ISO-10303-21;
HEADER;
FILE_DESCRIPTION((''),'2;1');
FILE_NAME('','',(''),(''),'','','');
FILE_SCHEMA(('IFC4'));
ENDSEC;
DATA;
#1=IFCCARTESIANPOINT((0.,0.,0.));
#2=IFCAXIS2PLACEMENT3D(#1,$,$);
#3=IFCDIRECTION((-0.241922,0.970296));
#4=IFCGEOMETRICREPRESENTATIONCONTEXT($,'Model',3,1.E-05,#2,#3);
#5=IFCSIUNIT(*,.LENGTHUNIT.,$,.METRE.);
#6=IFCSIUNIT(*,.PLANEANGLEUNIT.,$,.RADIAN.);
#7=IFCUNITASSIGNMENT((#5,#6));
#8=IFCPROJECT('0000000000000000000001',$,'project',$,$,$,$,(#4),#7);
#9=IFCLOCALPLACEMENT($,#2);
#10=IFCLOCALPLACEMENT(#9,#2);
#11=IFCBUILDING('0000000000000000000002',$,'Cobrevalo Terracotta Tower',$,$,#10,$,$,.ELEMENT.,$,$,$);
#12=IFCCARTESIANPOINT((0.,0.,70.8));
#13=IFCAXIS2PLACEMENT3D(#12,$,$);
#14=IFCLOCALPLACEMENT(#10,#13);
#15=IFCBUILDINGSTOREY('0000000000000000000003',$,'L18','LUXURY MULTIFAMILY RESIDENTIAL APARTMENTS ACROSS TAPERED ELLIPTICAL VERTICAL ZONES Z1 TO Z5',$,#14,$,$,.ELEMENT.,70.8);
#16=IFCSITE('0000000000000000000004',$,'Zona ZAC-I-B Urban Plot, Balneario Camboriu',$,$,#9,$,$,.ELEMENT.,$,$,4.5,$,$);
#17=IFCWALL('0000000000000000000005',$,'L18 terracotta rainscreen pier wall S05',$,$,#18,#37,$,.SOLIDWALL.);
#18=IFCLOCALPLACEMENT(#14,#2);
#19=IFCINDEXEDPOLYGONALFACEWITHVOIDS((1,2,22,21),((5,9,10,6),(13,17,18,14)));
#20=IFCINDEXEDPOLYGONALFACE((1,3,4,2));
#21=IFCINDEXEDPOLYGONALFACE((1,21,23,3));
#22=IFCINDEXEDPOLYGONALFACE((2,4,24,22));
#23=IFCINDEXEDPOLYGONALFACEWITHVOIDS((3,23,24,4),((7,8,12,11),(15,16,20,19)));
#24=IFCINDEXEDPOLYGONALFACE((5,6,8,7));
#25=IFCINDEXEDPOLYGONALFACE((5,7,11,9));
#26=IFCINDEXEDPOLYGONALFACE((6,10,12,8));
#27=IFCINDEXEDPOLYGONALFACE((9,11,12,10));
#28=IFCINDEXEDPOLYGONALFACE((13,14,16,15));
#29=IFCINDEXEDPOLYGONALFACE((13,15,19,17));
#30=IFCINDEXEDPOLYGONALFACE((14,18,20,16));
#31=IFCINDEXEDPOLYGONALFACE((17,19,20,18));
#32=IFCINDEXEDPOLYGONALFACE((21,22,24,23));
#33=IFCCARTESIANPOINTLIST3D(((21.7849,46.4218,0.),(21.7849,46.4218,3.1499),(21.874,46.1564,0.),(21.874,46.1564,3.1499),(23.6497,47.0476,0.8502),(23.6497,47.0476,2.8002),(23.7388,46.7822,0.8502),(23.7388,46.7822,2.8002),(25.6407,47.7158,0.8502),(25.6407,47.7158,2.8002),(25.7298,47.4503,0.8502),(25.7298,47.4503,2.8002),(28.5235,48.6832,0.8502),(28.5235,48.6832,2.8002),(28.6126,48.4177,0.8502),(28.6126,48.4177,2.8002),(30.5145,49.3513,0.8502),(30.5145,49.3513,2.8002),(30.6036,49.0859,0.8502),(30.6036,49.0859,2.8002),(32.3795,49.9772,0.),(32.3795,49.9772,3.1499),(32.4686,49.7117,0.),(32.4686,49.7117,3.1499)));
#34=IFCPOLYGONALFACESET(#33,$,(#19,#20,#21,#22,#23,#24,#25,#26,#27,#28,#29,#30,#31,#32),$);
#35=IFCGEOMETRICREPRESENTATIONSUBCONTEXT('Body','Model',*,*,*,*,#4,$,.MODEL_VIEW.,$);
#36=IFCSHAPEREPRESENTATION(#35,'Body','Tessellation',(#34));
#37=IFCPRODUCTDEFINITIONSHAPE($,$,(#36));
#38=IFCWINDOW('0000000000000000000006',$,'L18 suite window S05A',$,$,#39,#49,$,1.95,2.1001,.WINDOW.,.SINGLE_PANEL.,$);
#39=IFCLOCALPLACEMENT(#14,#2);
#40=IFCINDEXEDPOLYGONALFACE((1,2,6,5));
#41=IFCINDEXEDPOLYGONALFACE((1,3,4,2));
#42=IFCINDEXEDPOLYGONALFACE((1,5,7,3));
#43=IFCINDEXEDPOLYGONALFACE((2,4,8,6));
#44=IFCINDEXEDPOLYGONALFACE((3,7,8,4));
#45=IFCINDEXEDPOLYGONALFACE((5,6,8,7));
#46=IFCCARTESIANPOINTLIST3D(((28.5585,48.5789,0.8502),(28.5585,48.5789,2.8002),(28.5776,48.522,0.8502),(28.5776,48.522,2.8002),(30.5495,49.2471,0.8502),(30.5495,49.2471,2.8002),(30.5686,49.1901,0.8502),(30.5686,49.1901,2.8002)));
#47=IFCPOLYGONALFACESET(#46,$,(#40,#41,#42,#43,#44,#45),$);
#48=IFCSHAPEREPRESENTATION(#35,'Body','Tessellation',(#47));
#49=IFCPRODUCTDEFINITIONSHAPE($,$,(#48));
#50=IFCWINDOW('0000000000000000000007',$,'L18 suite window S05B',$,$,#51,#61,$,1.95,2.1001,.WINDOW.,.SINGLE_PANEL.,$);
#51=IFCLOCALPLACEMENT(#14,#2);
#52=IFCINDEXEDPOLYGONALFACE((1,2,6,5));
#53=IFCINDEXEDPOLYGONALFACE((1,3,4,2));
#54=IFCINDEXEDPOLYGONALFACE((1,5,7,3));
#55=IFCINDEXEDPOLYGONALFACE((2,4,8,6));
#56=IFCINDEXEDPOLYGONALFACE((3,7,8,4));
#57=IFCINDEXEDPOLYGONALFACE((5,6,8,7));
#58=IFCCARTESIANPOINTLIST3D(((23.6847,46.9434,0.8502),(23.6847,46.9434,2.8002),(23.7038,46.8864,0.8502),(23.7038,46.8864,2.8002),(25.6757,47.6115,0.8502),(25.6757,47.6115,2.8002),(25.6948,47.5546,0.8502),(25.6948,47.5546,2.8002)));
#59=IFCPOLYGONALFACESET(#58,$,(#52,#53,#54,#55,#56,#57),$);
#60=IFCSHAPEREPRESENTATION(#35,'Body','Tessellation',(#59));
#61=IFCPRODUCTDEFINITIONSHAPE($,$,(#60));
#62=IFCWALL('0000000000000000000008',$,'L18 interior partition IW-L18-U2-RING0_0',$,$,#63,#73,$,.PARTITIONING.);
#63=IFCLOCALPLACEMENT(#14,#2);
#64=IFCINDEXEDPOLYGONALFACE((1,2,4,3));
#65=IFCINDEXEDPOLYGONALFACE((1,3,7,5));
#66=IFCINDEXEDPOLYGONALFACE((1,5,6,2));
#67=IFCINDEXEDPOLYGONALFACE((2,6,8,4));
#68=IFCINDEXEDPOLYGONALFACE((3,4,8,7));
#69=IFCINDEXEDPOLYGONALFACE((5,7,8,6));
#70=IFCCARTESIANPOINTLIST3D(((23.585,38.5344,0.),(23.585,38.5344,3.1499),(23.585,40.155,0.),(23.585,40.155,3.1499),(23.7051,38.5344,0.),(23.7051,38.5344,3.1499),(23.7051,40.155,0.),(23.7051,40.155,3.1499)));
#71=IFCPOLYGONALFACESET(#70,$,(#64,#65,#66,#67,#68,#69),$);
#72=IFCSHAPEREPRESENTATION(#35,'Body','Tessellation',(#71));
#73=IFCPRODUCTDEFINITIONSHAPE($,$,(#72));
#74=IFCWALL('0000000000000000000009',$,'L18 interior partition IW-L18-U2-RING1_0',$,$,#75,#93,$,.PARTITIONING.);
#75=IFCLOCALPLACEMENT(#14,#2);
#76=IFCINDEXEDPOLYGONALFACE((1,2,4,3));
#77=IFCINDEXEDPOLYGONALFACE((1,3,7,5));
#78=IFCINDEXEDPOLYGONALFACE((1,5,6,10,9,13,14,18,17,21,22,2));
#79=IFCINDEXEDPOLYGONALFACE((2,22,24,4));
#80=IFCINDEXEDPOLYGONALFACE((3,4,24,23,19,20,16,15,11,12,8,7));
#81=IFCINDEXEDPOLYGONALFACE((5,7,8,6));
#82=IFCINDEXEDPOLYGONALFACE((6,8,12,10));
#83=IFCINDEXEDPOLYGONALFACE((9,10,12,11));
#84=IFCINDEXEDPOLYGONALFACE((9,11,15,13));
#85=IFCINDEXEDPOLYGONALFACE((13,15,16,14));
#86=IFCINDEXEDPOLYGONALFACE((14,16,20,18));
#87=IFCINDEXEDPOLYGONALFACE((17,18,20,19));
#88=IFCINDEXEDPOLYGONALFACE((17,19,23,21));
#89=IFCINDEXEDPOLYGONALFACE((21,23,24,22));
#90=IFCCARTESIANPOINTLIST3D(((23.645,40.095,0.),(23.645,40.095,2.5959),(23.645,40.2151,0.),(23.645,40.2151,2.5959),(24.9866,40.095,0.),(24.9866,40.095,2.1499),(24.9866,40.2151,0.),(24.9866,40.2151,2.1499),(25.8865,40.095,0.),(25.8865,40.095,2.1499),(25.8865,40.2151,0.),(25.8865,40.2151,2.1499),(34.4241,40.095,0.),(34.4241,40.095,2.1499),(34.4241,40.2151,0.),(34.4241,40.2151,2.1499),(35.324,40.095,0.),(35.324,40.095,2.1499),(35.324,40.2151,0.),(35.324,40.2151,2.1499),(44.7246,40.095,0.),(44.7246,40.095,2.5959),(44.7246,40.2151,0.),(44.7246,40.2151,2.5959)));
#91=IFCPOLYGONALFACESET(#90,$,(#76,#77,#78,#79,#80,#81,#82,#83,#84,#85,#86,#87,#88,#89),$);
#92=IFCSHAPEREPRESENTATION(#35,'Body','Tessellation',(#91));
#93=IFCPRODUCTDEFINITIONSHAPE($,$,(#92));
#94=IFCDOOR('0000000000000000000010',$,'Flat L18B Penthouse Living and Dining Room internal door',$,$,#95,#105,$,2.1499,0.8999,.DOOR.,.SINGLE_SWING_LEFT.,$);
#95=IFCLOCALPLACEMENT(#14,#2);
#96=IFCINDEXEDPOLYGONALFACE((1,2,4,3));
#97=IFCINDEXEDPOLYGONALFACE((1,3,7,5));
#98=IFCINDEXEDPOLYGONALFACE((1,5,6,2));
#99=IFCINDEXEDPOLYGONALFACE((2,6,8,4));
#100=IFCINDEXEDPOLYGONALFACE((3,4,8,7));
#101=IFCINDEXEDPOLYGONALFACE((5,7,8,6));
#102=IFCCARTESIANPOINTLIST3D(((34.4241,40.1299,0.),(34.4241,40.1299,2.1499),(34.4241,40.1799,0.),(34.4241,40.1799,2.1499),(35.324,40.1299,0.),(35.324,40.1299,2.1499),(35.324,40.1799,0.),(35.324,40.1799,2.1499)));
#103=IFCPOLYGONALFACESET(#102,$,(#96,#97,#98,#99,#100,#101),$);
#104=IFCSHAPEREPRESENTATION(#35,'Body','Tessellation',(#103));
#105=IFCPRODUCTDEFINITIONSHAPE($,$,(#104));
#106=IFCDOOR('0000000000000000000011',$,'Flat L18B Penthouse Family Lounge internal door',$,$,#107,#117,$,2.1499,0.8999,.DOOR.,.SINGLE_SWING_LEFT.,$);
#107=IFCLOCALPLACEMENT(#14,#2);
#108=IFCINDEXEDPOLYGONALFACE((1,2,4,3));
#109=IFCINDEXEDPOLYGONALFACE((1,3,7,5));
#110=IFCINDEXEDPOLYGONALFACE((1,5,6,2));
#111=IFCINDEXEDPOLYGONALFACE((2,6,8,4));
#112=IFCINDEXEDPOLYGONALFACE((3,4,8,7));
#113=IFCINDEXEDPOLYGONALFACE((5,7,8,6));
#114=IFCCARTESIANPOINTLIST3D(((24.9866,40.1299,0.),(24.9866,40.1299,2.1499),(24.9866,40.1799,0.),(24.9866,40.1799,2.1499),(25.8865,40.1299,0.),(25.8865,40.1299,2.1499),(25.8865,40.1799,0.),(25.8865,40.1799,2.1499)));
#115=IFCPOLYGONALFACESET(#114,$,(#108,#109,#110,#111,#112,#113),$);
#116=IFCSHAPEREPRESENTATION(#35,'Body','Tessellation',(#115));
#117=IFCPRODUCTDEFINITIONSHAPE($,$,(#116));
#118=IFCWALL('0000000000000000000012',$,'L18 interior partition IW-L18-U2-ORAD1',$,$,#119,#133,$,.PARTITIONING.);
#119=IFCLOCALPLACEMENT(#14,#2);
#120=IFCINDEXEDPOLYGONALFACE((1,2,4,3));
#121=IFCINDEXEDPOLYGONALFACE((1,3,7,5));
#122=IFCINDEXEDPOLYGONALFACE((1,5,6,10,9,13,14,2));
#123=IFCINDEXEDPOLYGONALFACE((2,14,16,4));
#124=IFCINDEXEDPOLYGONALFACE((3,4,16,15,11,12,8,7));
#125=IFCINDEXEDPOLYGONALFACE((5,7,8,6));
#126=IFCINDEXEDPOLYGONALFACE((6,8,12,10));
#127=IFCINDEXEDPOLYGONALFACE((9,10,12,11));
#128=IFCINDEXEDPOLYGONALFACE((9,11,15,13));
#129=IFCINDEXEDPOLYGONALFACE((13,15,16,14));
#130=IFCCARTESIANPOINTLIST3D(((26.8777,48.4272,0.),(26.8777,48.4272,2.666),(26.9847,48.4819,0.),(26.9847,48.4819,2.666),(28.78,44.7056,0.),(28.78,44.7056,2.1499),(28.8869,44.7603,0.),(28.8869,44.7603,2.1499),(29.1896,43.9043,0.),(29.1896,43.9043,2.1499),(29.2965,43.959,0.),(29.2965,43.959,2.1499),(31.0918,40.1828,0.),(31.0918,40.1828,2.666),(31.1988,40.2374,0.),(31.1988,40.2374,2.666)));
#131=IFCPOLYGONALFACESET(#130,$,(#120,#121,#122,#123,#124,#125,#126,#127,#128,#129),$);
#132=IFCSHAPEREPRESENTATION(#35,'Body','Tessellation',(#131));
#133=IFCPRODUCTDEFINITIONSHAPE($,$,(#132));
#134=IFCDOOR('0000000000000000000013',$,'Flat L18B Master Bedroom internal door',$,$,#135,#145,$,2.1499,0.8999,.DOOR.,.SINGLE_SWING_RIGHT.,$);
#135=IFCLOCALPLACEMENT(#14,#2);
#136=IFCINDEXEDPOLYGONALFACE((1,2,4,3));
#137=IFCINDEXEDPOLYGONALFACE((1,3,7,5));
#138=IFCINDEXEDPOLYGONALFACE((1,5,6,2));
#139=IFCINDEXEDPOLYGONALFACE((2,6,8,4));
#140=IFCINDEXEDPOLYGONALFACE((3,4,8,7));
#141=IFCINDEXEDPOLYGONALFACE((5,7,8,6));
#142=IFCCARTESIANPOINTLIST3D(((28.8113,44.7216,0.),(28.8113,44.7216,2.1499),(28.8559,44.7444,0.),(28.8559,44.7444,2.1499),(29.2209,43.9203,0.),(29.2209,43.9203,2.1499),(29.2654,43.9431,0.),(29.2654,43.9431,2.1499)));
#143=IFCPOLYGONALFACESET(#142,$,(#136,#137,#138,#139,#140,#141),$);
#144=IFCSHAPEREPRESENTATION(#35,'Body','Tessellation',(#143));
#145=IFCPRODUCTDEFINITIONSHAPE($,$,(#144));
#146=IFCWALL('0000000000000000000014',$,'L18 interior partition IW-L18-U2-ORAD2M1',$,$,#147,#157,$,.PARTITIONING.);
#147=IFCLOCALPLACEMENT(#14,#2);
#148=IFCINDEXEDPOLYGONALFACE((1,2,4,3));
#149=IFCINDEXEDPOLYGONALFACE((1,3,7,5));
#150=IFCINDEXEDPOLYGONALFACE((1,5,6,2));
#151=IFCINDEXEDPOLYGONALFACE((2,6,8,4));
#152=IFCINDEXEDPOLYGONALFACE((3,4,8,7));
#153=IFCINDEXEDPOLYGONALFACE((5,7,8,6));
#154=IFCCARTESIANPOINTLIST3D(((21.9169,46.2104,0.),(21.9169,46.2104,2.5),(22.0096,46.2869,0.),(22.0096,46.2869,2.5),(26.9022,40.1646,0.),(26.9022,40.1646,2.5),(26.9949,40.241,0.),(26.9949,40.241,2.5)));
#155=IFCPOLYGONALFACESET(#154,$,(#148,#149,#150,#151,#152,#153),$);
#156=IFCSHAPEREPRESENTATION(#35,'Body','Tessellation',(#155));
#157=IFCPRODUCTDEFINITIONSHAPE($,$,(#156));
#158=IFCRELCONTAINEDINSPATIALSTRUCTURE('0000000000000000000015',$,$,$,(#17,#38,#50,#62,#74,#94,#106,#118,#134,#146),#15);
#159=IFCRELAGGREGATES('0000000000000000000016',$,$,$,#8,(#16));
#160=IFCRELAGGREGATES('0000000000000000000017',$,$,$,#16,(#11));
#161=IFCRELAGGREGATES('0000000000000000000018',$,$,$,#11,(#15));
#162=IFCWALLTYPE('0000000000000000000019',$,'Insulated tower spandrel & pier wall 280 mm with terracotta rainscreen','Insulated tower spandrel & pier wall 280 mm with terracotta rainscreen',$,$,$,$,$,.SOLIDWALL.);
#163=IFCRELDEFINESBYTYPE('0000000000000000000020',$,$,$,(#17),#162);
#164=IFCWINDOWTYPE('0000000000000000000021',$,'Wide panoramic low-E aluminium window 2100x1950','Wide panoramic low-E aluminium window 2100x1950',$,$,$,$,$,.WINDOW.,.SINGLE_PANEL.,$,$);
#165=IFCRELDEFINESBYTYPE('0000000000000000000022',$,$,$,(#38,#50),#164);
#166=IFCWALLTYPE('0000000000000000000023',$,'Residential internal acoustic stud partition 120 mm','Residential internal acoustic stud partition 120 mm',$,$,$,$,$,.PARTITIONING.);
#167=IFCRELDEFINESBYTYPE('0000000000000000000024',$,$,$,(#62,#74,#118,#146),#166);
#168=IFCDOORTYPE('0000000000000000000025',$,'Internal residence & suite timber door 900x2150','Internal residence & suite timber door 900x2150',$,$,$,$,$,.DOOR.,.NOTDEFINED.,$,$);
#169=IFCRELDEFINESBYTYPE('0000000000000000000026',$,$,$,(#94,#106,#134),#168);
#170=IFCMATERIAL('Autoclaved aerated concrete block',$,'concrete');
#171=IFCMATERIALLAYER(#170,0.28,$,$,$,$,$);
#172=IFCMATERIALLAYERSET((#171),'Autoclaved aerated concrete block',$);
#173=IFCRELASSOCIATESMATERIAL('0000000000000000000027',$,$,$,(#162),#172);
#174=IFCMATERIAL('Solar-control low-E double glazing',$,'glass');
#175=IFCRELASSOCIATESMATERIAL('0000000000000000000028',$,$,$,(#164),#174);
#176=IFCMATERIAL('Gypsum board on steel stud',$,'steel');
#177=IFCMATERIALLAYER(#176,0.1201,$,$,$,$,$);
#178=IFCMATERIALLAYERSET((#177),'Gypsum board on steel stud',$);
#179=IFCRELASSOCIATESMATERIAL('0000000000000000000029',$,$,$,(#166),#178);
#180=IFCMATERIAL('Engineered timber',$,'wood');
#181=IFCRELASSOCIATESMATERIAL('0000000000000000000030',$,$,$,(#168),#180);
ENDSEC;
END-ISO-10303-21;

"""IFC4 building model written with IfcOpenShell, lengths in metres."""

from ifc_helpers import new_model, si_unit, direction, frame, frame_2d, origin, place, context, subcontext, project, spatial, rectangle, extrude, source, transform, mapped, material, layer, layer_set, type_object, element, fill, save


model = new_model("IFC4")

# Units and contexts
model_context = context("Model", 3, precision=1e-05, world=origin(), true_north=direction((-0.241922, 0.970296)))
body_context = subcontext(model_context, "Body", "Model", "MODEL_VIEW")
ifc_project = project(units=[si_unit("LENGTHUNIT", "METRE"), si_unit("PLANEANGLEUNIT", "RADIAN")], contexts=[model_context])

# Site, building, storey
site_placement = place(None, origin())
site = spatial("IfcSite", under=ifc_project, at=site_placement, Name="Zona ZAC-I-B Urban Plot, Balneario Camboriu", CompositionType="ELEMENT", RefElevation=4.5)
building_placement = place(site_placement, origin())
building = spatial("IfcBuilding", under=site, at=building_placement, Name="Cobrevalo Terracotta Tower", CompositionType="ELEMENT")
storey_placement = place(building_placement, frame((0.0, 0.0, 70.8)))
storey = spatial("IfcBuildingStorey", under=building, at=storey_placement, Name="L18", Description="LUXURY MULTIFAMILY RESIDENTIAL APARTMENTS ACROSS TAPERED ELLIPTICAL VERTICAL ZONES Z1 TO Z5", CompositionType="ELEMENT", Elevation=70.8)

# Shared definitions
ifc_material_1 = material(Name="Gypsum board on steel stud", Category="steel")

# Shared definitions
ifc_material_2 = material(Name="Autoclaved aerated concrete block", Category="concrete")

# Wall, openings, windows
ifc_layer_1 = layer(ifc_material_2, 0.28)
ifc_layer_set_1 = layer_set([ifc_layer_1], Name="Autoclaved aerated concrete block")
wall_type_1 = type_object("IfcWallType", Name="Insulated tower spandrel & pier wall 280 mm with terracotta rainscreen", Description="Insulated tower spandrel & pier wall 280 mm with terracotta rainscreen", PredefinedType="SOLIDWALL", material=ifc_layer_set_1)
wall_1_placement = place(storey_placement, frame((32.4241, 49.8445, 0.0), z_axis=(0.0, 0.0, 1.0), x_axis=(-0.948041, -0.318147, 0.0)))
wall_1 = element("IfcWall", 1, at=wall_1_placement, inside=storey, type_object=wall_type_1, Name="L18 terracotta rainscreen pier wall S05", PredefinedType="SOLIDWALL", context=body_context, shape_type="SweptSolid", body=[
    extrude(rectangle(XDim=11.1753, YDim=0.28, at=frame_2d((5.5876, 0.0))), origin(), (0.0, 0.0, 1.0), 3.1499),
])
opening_1_placement = place(wall_1_placement, frame((1.9673, 0.0, 0.8501)))
opening_1 = element("IfcOpeningElement", 2, at=opening_1_placement, cuts=wall_1, PredefinedType="OPENING", context=body_context, shape_type="SweptSolid", body=[
    extrude(rectangle(XDim=2.1001, YDim=1.95, at=frame_2d((1.05, 0.9751))), frame((0.0, 0.1499, 0.0), z_axis=(0.0, -1.0, 0.0), x_axis=(1.0, 0.0, 0.0)), (0.0, 0.0, 1.0), 0.3),
])
opening_2_placement = place(wall_1_placement, frame((7.1082, 0.0, 0.8501)))
opening_2 = element("IfcOpeningElement", 3, at=opening_2_placement, cuts=wall_1, PredefinedType="OPENING", context=body_context, shape_type="SweptSolid", body=[
    extrude(rectangle(XDim=2.1001, YDim=1.95, at=frame_2d((1.05, 0.9751))), frame((0.0, 0.1499, 0.0), z_axis=(0.0, -1.0, 0.0), x_axis=(1.0, 0.0, 0.0)), (0.0, 0.0, 1.0), 0.3),
])
ifc_material_3 = material(Name="Solar-control low-E double glazing", Category="glass")
window_type = type_object("IfcWindowType", Name="Wide panoramic low-E aluminium window 2100x1950", Description="Wide panoramic low-E aluminium window 2100x1950", PartitioningType="SINGLE_PANEL", PredefinedType="WINDOW", material=ifc_material_3)
shared_shape_1 = source(origin(), body_context, "Body", "SweptSolid", [
    extrude(rectangle(XDim=2.1001, YDim=1.95, at=frame_2d((1.05, 0.9751))), frame((0.0, 0.03, 0.0), z_axis=(0.0, -1.0, 0.0), x_axis=(1.0, 0.0, 0.0)), (0.0, 0.0, 1.0), 0.0601),
])
window_1_placement = place(opening_1_placement, origin())
window_1 = element("IfcWindow", 4, at=window_1_placement, inside=storey, type_object=window_type, Name="L18 suite window S05A", OverallHeight=1.95, OverallWidth=2.1001, PartitioningType="SINGLE_PANEL", PredefinedType="WINDOW", context=body_context, shape_type="MappedRepresentation", body=[
    mapped(shared_shape_1, transform((0.0, 0.0, 0.0), scale=1.0)),
])
fill(opening_1, window_1)
window_2_placement = place(opening_2_placement, origin())
window_2 = element("IfcWindow", 5, at=window_2_placement, inside=storey, type_object=window_type, Name="L18 suite window S05B", OverallHeight=1.95, OverallWidth=2.1001, PartitioningType="SINGLE_PANEL", PredefinedType="WINDOW", context=body_context, shape_type="MappedRepresentation", body=[
    mapped(shared_shape_1, transform((0.0, 0.0, 0.0), scale=1.0)),
])
fill(opening_2, window_2)

# Wall
ifc_layer_2 = layer(ifc_material_1, 0.1201)
ifc_layer_set_2 = layer_set([ifc_layer_2], Name="Gypsum board on steel stud")
wall_type_2 = type_object("IfcWallType", Name="Residential internal acoustic stud partition 120 mm", Description="Residential internal acoustic stud partition 120 mm", PredefinedType="PARTITIONING", material=ifc_layer_set_2)
wall_2_placement = place(storey_placement, frame((23.645, 38.5344, 0.0), z_axis=(0.0, 0.0, 1.0), x_axis=(0.0, 1.0, 0.0)))
element("IfcWall", 6, at=wall_2_placement, inside=storey, type_object=wall_type_2, Name="L18 interior partition IW-L18-U2-RING0_0", PredefinedType="PARTITIONING", context=body_context, shape_type="SweptSolid", body=[
    extrude(rectangle(XDim=1.6206, YDim=0.1201, at=frame_2d((0.8103, 0.0))), origin(), (0.0, 0.0, 1.0), 3.1499),
])

# Wall, openings, doors
wall_3_placement = place(storey_placement, frame((23.645, 40.155, 0.0), z_axis=(0.0, 0.0, 1.0), x_axis=(1.0, 0.0, 0.0)))
wall_3 = element("IfcWall", 7, at=wall_3_placement, inside=storey, type_object=wall_type_2, Name="L18 interior partition IW-L18-U2-RING1_0", PredefinedType="PARTITIONING", context=body_context, shape_type="SweptSolid", body=[
    extrude(rectangle(XDim=21.0796, YDim=0.1201, at=frame_2d((10.5398, 0.0))), origin(), (0.0, 0.0, 1.0), 2.5959),
])
opening_3_placement = place(wall_3_placement, frame((10.7791, 0.0, 0.0)))
opening_3 = element("IfcOpeningElement", 8, at=opening_3_placement, cuts=wall_3, PredefinedType="OPENING", context=body_context, shape_type="SweptSolid", body=[
    extrude(rectangle(XDim=0.8999, YDim=2.1499, at=frame_2d((0.45, 1.075))), frame((0.0, 0.0701, 0.0), z_axis=(0.0, -1.0, 0.0), x_axis=(1.0, 0.0, 0.0)), (0.0, 0.0, 1.0), 0.1401),
])
opening_4_placement = place(wall_3_placement, frame((1.3416, 0.0, 0.0)))
opening_4 = element("IfcOpeningElement", 9, at=opening_4_placement, cuts=wall_3, PredefinedType="OPENING", context=body_context, shape_type="SweptSolid", body=[
    extrude(rectangle(XDim=0.8999, YDim=2.1499, at=frame_2d((0.45, 1.075))), frame((0.0, 0.0701, 0.0), z_axis=(0.0, -1.0, 0.0), x_axis=(1.0, 0.0, 0.0)), (0.0, 0.0, 1.0), 0.1401),
])
ifc_material_4 = material(Name="Engineered timber", Category="wood")
door_type_1 = type_object("IfcDoorType", Name="Internal residence & suite timber door 900x2150", Description="Internal residence & suite timber door 900x2150", OperationType="NOTDEFINED", PredefinedType="DOOR", material=ifc_material_4)
shared_shape_2 = source(origin(), body_context, "Body", "SweptSolid", [
    extrude(rectangle(XDim=0.8999, YDim=2.1499, at=frame_2d((0.45, 1.075))), frame((0.0, 0.0249, 0.0), z_axis=(0.0, -1.0, 0.0), x_axis=(1.0, 0.0, 0.0)), (0.0, 0.0, 1.0), 0.05),
])
door_1_placement = place(opening_3_placement, origin())
door_1 = element("IfcDoor", 10, at=door_1_placement, inside=storey, type_object=door_type_1, Name="Flat L18B Penthouse Living and Dining Room internal door", OperationType="SINGLE_SWING_LEFT", OverallHeight=2.1499, OverallWidth=0.8999, PredefinedType="DOOR", context=body_context, shape_type="MappedRepresentation", body=[
    mapped(shared_shape_2, transform((0.0, 0.0, 0.0), scale=1.0)),
])
fill(opening_3, door_1)
door_2_placement = place(opening_4_placement, origin())
door_2 = element("IfcDoor", 11, at=door_2_placement, inside=storey, type_object=door_type_1, Name="Flat L18B Penthouse Family Lounge internal door", OperationType="SINGLE_SWING_LEFT", OverallHeight=2.1499, OverallWidth=0.8999, PredefinedType="DOOR", context=body_context, shape_type="MappedRepresentation", body=[
    mapped(shared_shape_2, transform((0.0, 0.0, 0.0), scale=1.0)),
])
fill(opening_4, door_2)

# Wall, opening, door
wall_4_placement = place(storey_placement, frame((31.1453, 40.2102, 0.0), z_axis=(0.0, 0.0, 1.0), x_axis=(-0.455138, 0.890421, 0.0)))
wall_4 = element("IfcWall", 12, at=wall_4_placement, inside=storey, type_object=wall_type_2, Name="L18 interior partition IW-L18-U2-ORAD1", PredefinedType="PARTITIONING", context=body_context, shape_type="SweptSolid", body=[
    extrude(rectangle(XDim=9.259, YDim=0.1201, at=frame_2d((4.6294, 0.0))), origin(), (0.0, 0.0, 1.0), 2.666),
])
opening_5_placement = place(wall_4_placement, frame((4.1794, 0.0, 0.0)))
opening_5 = element("IfcOpeningElement", 13, at=opening_5_placement, cuts=wall_4, PredefinedType="OPENING", context=body_context, shape_type="SweptSolid", body=[
    extrude(rectangle(XDim=0.8999, YDim=2.1499, at=frame_2d((0.45, 1.075))), frame((0.0, 0.0701, 0.0), z_axis=(0.0, -1.0, 0.0), x_axis=(1.0, 0.0, 0.0)), (0.0, 0.0, 1.0), 0.1401),
])
door_3_placement = place(opening_5_placement, origin())
door_3 = element("IfcDoor", 14, at=door_3_placement, inside=storey, type_object=door_type_1, Name="Flat L18B Master Bedroom internal door", OperationType="SINGLE_SWING_RIGHT", OverallHeight=2.1499, OverallWidth=0.8999, PredefinedType="DOOR", context=body_context, shape_type="MappedRepresentation", body=[
    mapped(shared_shape_2, transform((0.0, 0.0, 0.0), scale=1.0)),
])
fill(opening_5, door_3)

# Wall
wall_5_placement = place(storey_placement, frame((26.9485, 40.2029, 0.0), z_axis=(0.0, 0.0, 1.0), x_axis=(-0.636192, 0.771531, 0.0)))
element("IfcWall", 15, at=wall_5_placement, inside=storey, type_object=wall_type_2, Name="L18 interior partition IW-L18-U2-ORAD2M1", PredefinedType="PARTITIONING", context=body_context, shape_type="SweptSolid", body=[
    extrude(rectangle(XDim=7.8362, YDim=0.1201, at=frame_2d((3.918, 0.0))), origin(), (0.0, 0.0, 1.0), 2.5),
])

save(model, "model.ifc")
